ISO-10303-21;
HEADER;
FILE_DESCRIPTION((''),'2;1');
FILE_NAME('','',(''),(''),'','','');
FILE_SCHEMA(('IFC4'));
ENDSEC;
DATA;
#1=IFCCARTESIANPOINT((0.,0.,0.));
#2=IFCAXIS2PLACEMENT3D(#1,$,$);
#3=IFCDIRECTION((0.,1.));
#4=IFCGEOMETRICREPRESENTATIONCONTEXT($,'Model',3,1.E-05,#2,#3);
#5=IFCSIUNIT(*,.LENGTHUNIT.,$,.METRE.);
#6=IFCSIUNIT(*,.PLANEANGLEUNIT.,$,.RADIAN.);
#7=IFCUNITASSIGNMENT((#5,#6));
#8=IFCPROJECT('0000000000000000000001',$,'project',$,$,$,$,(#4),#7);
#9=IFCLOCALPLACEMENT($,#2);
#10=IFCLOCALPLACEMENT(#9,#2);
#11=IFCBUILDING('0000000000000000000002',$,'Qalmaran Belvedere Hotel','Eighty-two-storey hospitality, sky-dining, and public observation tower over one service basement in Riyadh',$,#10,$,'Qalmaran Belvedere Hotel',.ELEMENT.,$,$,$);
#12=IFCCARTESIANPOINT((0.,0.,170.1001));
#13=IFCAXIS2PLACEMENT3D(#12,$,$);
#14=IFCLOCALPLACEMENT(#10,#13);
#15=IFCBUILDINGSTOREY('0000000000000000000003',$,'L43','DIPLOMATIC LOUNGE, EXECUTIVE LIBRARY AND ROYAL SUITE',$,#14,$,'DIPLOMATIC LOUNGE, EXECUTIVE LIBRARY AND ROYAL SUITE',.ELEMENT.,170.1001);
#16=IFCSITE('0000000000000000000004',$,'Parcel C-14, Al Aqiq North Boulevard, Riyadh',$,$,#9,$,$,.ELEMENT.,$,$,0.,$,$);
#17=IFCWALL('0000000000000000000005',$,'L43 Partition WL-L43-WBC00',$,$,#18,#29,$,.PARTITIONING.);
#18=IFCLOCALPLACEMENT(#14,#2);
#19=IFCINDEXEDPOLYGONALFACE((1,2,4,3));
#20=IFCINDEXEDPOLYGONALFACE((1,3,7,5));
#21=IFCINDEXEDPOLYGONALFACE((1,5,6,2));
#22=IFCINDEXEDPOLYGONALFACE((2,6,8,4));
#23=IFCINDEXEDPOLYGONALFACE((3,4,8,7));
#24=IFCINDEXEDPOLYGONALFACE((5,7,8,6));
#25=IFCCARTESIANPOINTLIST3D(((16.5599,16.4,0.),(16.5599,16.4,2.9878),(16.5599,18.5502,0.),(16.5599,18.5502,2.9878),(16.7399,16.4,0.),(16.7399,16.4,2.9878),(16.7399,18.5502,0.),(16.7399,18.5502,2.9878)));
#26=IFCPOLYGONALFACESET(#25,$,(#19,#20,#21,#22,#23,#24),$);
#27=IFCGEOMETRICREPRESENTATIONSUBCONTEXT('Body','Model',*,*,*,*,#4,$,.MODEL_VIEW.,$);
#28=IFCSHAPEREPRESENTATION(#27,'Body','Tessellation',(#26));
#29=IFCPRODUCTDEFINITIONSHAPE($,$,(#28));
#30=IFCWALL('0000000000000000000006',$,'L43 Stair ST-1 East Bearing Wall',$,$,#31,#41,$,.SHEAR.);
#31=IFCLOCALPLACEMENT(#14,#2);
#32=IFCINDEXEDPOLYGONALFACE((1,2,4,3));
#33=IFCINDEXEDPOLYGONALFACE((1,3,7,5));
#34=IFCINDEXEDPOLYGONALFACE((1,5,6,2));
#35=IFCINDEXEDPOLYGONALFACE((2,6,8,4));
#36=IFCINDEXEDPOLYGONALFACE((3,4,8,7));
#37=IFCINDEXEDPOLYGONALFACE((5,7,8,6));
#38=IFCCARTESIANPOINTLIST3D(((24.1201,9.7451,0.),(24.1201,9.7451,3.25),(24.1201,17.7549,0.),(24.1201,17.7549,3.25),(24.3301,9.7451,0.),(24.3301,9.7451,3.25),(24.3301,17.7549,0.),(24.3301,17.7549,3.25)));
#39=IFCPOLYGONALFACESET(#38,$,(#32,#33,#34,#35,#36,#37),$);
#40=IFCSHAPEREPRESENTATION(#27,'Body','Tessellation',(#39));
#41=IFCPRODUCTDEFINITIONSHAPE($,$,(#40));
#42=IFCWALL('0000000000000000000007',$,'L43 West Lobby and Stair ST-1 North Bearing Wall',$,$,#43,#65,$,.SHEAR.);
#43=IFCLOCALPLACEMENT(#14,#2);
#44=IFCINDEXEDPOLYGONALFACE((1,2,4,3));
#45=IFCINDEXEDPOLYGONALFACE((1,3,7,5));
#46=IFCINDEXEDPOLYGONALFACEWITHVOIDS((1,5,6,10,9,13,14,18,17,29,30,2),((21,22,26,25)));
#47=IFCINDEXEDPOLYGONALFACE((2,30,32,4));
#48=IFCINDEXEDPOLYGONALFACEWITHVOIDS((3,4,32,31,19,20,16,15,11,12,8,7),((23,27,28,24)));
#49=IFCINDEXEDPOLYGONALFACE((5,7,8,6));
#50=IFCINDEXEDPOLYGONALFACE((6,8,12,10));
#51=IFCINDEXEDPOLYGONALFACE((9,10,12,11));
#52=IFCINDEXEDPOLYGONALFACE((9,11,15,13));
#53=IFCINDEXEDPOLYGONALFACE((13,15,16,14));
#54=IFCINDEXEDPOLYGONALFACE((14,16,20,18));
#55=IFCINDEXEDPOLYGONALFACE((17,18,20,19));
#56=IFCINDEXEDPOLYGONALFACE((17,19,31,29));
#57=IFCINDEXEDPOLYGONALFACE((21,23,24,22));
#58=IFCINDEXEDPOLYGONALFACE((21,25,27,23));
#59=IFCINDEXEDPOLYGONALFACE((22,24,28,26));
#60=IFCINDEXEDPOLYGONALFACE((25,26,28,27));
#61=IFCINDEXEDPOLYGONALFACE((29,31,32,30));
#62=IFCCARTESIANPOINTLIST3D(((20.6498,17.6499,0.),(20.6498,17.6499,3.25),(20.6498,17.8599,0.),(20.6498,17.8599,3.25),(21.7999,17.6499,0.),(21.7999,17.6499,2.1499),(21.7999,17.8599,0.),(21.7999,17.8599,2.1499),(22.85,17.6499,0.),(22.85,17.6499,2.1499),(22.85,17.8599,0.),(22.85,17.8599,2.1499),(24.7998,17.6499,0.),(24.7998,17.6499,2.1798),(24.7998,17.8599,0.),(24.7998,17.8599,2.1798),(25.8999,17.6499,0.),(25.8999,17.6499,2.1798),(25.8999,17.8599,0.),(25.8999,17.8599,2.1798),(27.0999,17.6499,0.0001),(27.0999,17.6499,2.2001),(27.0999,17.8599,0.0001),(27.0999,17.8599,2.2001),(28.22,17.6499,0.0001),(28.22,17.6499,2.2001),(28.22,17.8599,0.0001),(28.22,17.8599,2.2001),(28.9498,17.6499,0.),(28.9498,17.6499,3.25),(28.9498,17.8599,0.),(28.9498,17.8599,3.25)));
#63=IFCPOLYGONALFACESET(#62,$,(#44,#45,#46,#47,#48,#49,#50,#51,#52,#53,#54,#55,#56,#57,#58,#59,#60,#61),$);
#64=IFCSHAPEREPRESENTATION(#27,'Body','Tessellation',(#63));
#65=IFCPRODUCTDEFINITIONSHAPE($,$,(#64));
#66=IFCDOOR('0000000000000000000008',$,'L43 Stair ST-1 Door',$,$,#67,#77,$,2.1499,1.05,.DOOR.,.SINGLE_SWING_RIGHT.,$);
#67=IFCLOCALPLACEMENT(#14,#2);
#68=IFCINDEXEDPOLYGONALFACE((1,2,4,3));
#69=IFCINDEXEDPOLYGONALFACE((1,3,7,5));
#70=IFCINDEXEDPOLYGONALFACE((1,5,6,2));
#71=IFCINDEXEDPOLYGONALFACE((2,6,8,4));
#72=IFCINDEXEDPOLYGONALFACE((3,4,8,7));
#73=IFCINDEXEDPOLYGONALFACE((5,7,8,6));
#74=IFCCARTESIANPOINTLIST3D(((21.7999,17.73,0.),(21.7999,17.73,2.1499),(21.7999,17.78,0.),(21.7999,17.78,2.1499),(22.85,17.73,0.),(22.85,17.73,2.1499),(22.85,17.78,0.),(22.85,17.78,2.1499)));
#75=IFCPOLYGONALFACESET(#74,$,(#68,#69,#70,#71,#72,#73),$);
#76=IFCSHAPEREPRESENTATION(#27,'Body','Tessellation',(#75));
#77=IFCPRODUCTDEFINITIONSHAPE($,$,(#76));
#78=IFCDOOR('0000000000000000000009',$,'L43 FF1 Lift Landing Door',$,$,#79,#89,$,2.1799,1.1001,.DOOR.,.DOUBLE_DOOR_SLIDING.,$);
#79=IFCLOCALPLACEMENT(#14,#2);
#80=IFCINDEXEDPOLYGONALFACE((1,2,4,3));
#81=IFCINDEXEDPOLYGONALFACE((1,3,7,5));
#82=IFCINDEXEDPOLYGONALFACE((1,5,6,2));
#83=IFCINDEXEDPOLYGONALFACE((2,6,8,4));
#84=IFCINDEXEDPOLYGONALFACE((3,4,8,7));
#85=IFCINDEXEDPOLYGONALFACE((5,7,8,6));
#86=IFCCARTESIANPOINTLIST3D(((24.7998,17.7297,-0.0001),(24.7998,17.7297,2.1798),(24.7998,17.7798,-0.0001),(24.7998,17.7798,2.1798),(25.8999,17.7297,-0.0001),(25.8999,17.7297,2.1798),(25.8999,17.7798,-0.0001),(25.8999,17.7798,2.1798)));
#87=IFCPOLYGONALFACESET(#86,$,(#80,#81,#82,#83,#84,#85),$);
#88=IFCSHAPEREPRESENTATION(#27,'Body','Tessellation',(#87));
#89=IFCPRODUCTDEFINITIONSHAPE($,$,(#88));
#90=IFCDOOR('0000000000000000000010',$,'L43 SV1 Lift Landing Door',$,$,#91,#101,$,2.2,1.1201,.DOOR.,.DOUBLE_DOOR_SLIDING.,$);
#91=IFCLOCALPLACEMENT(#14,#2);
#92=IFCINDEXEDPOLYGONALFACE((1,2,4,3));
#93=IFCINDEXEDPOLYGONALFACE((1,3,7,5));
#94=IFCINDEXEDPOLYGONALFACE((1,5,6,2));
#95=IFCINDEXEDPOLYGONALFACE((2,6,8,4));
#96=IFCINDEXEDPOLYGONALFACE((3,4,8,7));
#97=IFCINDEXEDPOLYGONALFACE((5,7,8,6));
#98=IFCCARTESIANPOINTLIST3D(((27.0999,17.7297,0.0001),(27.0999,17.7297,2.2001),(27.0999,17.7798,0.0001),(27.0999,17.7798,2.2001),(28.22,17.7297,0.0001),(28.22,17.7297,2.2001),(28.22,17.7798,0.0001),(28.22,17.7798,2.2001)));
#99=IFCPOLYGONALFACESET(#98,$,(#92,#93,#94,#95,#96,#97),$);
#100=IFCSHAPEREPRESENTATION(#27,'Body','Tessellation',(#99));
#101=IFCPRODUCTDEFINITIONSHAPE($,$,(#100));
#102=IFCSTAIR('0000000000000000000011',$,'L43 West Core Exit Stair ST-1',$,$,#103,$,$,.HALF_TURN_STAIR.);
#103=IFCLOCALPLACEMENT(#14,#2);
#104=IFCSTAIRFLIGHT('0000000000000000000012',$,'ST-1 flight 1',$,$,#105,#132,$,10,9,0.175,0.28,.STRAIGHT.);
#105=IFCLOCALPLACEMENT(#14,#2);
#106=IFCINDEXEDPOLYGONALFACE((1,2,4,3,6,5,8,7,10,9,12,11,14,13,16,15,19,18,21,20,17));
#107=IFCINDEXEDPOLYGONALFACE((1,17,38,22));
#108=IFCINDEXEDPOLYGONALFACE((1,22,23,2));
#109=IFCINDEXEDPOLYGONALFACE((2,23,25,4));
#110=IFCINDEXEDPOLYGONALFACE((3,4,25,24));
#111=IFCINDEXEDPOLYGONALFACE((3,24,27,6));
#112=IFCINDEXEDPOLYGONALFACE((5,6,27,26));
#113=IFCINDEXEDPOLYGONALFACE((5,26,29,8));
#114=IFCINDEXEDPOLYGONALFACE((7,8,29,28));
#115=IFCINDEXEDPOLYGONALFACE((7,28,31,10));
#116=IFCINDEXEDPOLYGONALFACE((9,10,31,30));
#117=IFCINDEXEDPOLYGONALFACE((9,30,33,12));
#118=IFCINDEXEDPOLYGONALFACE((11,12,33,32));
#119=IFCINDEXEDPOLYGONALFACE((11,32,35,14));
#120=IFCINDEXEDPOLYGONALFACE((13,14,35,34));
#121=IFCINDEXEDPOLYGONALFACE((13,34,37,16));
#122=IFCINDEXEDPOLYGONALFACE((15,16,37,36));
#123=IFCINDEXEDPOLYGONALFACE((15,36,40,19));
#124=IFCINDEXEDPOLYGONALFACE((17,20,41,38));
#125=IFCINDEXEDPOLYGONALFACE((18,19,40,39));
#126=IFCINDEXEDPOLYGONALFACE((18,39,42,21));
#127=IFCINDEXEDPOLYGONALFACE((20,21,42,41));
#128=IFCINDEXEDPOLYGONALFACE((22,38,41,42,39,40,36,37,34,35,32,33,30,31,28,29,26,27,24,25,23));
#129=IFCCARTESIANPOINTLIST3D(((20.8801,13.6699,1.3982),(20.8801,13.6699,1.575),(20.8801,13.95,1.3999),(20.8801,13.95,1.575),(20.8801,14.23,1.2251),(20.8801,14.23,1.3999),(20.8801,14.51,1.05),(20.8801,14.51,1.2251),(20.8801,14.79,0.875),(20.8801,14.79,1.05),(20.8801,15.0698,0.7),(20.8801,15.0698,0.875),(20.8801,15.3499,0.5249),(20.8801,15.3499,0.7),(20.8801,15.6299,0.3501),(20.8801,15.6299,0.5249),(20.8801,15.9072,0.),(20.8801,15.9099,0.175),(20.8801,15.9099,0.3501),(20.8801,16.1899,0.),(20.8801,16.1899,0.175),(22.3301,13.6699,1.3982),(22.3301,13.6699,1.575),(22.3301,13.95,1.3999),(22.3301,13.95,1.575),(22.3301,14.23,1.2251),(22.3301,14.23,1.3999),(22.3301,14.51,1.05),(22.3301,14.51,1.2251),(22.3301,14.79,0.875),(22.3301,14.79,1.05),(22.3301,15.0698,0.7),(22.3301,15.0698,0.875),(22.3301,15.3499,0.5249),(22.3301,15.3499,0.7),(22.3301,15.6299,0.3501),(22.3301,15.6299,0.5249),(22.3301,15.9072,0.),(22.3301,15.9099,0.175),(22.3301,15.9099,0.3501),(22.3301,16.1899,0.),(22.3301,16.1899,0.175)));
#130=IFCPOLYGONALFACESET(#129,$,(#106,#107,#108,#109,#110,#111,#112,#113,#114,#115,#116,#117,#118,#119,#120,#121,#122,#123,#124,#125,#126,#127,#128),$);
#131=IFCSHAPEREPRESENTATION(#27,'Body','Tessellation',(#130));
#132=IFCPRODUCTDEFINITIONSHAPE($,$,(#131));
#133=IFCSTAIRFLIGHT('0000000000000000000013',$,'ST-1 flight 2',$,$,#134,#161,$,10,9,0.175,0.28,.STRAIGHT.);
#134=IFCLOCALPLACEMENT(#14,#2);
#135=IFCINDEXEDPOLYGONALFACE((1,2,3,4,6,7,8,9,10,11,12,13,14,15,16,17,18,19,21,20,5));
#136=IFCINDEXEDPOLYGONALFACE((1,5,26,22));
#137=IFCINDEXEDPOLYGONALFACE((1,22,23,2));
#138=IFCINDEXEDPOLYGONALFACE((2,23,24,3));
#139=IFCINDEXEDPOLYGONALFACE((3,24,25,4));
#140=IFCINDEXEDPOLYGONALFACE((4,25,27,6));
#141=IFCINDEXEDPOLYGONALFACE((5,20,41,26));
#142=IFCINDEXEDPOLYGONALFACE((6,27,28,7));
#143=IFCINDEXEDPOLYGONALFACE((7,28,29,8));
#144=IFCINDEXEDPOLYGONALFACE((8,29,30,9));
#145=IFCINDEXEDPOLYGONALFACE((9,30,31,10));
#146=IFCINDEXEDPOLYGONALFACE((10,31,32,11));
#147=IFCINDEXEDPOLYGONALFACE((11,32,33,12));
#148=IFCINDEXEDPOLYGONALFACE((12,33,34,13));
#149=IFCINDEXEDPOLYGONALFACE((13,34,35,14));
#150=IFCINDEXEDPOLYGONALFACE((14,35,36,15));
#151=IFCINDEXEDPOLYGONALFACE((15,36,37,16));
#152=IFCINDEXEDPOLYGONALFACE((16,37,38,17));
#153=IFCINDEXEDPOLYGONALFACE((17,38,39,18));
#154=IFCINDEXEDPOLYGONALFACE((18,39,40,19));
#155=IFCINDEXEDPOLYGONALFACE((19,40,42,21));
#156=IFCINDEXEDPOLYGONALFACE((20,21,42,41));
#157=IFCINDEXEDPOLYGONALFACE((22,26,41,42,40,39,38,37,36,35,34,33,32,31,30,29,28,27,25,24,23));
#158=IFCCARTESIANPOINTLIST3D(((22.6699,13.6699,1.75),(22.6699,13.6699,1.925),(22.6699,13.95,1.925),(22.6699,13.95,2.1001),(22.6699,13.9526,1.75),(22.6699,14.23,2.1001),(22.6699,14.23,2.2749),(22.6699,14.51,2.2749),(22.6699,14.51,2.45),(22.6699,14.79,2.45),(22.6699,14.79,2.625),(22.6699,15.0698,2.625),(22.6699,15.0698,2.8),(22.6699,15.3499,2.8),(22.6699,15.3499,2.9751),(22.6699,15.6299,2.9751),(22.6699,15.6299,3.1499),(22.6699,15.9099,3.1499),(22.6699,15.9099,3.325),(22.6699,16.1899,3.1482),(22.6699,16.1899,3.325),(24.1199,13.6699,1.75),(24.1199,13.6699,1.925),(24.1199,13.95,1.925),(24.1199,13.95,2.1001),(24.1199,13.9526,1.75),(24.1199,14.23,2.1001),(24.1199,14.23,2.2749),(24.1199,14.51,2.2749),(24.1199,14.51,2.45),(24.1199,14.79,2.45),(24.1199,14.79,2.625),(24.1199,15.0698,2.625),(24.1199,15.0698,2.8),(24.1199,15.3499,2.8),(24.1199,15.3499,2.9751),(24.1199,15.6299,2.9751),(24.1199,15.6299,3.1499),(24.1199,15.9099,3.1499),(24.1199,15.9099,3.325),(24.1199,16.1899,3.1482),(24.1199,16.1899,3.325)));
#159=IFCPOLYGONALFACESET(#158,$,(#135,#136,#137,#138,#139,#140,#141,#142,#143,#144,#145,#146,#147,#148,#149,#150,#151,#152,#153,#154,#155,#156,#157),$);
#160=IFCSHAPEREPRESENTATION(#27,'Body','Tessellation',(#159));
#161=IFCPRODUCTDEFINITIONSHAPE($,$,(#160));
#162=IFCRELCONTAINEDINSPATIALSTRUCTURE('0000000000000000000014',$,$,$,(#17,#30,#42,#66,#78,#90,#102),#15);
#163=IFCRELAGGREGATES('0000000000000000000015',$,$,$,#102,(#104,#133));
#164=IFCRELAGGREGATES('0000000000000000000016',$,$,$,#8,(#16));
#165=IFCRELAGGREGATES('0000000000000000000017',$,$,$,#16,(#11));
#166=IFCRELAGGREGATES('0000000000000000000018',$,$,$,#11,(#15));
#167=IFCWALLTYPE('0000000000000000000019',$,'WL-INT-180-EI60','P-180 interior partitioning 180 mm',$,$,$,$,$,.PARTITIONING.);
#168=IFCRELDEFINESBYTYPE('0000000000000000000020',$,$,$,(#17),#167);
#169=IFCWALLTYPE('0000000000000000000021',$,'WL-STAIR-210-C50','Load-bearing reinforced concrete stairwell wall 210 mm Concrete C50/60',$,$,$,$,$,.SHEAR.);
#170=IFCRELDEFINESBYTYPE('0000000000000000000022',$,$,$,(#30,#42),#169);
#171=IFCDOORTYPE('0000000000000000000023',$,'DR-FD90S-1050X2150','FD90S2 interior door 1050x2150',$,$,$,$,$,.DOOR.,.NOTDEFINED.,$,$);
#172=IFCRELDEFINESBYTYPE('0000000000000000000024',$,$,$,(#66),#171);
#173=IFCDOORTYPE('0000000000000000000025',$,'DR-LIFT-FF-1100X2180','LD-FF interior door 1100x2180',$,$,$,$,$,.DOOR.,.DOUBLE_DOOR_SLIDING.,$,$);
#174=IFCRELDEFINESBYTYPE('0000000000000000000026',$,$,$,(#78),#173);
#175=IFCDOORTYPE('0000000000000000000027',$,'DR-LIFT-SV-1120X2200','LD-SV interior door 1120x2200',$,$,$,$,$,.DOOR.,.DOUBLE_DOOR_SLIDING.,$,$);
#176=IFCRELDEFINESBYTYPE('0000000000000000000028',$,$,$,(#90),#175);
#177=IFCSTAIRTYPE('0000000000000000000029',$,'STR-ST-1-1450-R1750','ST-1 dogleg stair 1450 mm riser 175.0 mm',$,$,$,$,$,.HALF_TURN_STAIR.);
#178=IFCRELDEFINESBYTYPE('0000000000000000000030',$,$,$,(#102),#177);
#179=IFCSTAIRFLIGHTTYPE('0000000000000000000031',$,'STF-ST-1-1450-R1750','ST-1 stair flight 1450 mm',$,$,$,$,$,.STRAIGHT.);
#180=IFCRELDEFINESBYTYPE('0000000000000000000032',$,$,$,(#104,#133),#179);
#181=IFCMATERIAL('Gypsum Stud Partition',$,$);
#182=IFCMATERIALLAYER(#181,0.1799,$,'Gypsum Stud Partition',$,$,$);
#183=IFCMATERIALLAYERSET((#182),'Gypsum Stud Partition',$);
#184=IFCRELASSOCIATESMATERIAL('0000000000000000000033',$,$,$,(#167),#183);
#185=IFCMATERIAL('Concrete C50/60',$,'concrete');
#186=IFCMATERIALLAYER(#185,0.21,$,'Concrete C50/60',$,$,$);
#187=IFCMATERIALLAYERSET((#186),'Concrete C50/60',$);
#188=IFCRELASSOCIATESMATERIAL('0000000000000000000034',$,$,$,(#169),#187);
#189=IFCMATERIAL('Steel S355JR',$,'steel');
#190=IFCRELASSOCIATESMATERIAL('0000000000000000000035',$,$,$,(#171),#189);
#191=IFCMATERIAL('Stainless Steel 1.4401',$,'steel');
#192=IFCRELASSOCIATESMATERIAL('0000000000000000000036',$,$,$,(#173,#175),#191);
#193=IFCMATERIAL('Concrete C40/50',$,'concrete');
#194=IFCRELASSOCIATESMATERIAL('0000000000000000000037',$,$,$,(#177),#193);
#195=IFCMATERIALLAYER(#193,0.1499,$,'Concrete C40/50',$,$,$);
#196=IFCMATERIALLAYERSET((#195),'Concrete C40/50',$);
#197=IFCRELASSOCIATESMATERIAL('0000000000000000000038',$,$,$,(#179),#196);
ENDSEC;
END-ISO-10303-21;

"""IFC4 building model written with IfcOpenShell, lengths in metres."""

from ifc_helpers import new_model, si_unit, direction, frame, frame_2d, origin, place, context, subcontext, project, spatial, polyline, rectangle, outline, extrude, material, layer, layer_set, type_object, element, fill, aggregate, save


model = new_model("IFC4")

# Units and contexts
model_context = context("Model", 3, precision=1e-05, world=origin(), true_north=direction((0.0, 1.0)))
body_context = subcontext(model_context, "Body", "Model", "MODEL_VIEW")
ifc_project = project(units=[si_unit("LENGTHUNIT", "METRE"), si_unit("PLANEANGLEUNIT", "RADIAN")], contexts=[model_context])

# Site, building, storey
site_placement = place(None, origin())
site = spatial("IfcSite", under=ifc_project, at=site_placement, Name="Parcel C-14, Al Aqiq North Boulevard, Riyadh", CompositionType="ELEMENT", RefElevation=0.0)
building_placement = place(site_placement, origin())
building = spatial("IfcBuilding", under=site, at=building_placement, Name="Qalmaran Belvedere Hotel", Description="Eighty-two-storey hospitality, sky-dining, and public observation tower over one service basement in Riyadh", LongName="Qalmaran Belvedere Hotel", CompositionType="ELEMENT")
storey_placement = place(building_placement, frame((0.0, 0.0, 170.1001)))
storey = spatial("IfcBuildingStorey", under=building, at=storey_placement, Name="L43", Description="DIPLOMATIC LOUNGE, EXECUTIVE LIBRARY AND ROYAL SUITE", LongName="DIPLOMATIC LOUNGE, EXECUTIVE LIBRARY AND ROYAL SUITE", CompositionType="ELEMENT", Elevation=170.1001)

# Shared definitions
ifc_material_1 = material(Name="Gypsum Stud Partition")

# Shared definitions
ifc_material_2 = material(Name="Steel S355JR", Category="steel")

# Wall
ifc_layer_1 = layer(ifc_material_1, 0.1799, Name="Gypsum Stud Partition")
ifc_layer_set_1 = layer_set([ifc_layer_1], Name="Gypsum Stud Partition")
wall_type_1 = type_object("IfcWallType", Name="WL-INT-180-EI60", Description="P-180 interior partitioning 180 mm", PredefinedType="PARTITIONING", material=ifc_layer_set_1)
wall_1_placement = place(storey_placement, frame((16.6499, 16.3999, 0.0), z_axis=(0.0, 0.0, 1.0), x_axis=(0.0, 1.0, 0.0)))
element("IfcWall", 1, at=wall_1_placement, inside=storey, type_object=wall_type_1, Name="L43 Partition WL-L43-WBC00", PredefinedType="PARTITIONING", context=body_context, shape_type="SweptSolid", body=[
    extrude(rectangle(XDim=2.1501, YDim=0.1799, at=frame_2d((1.0752, 0.0))), origin(), (0.0, 0.0, 1.0), 2.9878),
])

# Wall
ifc_material_3 = material(Name="Concrete C50/60", Category="concrete")
ifc_layer_2 = layer(ifc_material_3, 0.21, Name="Concrete C50/60")
ifc_layer_set_2 = layer_set([ifc_layer_2], Name="Concrete C50/60")
wall_type_2 = type_object("IfcWallType", Name="WL-STAIR-210-C50", Description="Load-bearing reinforced concrete stairwell wall 210 mm Concrete C50/60", PredefinedType="SHEAR", material=ifc_layer_set_2)
wall_2_placement = place(storey_placement, frame((24.2251, 9.7451, 0.0), z_axis=(0.0, 0.0, 1.0), x_axis=(0.0, 1.0, 0.0)))
element("IfcWall", 2, at=wall_2_placement, inside=storey, type_object=wall_type_2, Name="L43 Stair ST-1 East Bearing Wall", PredefinedType="SHEAR", context=body_context, shape_type="SweptSolid", body=[
    extrude(rectangle(XDim=8.0098, YDim=0.21, at=frame_2d((4.0049, 0.0))), origin(), (0.0, 0.0, 1.0), 3.25),
])

# Wall, openings, doors
wall_3_placement = place(storey_placement, frame((20.6499, 17.7549, 0.0), z_axis=(0.0, 0.0, 1.0), x_axis=(1.0, 0.0, 0.0)))
wall_3 = element("IfcWall", 3, at=wall_3_placement, inside=storey, type_object=wall_type_2, Name="L43 West Lobby and Stair ST-1 North Bearing Wall", PredefinedType="SHEAR", context=body_context, shape_type="SweptSolid", body=[
    extrude(rectangle(XDim=8.3, YDim=0.21, at=frame_2d((4.1499, 0.0))), origin(), (0.0, 0.0, 1.0), 3.25),
])
opening_1_placement = place(wall_3_placement, frame((2.2, 0.0, 0.0), z_axis=(0.0, 0.0, 1.0), x_axis=(-1.0, 0.0, 0.0)))
opening_1 = element("IfcOpeningElement", 4, at=opening_1_placement, cuts=wall_3, PredefinedType="OPENING", context=body_context, shape_type="SweptSolid", body=[
    extrude(rectangle(XDim=1.05, YDim=2.1499, at=frame_2d((0.5249, 1.075))), frame((0.0, 0.115, 0.0), z_axis=(0.0, -1.0, 0.0), x_axis=(1.0, 0.0, 0.0)), (0.0, 0.0, 1.0), 0.23),
])
opening_2_placement = place(wall_3_placement, frame((4.1499, 0.0, 0.0)))
opening_2 = element("IfcOpeningElement", 5, at=opening_2_placement, cuts=wall_3, PredefinedType="OPENING", context=body_context, shape_type="SweptSolid", body=[
    extrude(rectangle(XDim=1.1001, YDim=2.1799, at=frame_2d((0.55, 1.0898))), frame((0.0, 0.115, 0.0), z_axis=(0.0, -1.0, 0.0), x_axis=(1.0, 0.0, 0.0)), (0.0, 0.0, 1.0), 0.23),
])
opening_3_placement = place(wall_3_placement, frame((6.45, 0.0, 0.0)))
opening_3 = element("IfcOpeningElement", 6, at=opening_3_placement, cuts=wall_3, PredefinedType="OPENING", context=body_context, shape_type="SweptSolid", body=[
    extrude(rectangle(XDim=1.1201, YDim=2.2, at=frame_2d((0.5601, 1.1001))), frame((0.0, 0.115, 0.0), z_axis=(0.0, -1.0, 0.0), x_axis=(1.0, 0.0, 0.0)), (0.0, 0.0, 1.0), 0.23),
])
door_type_1 = type_object("IfcDoorType", Name="DR-FD90S-1050X2150", Description="FD90S2 interior door 1050x2150", OperationType="NOTDEFINED", PredefinedType="DOOR", material=ifc_material_2)
door_1_placement = place(opening_1_placement, origin())
door_1 = element("IfcDoor", 7, at=door_1_placement, inside=storey, type_object=door_type_1, Name="L43 Stair ST-1 Door", OperationType="SINGLE_SWING_RIGHT", OverallHeight=2.1499, OverallWidth=1.05, PredefinedType="DOOR", context=body_context, shape_type="SweptSolid", body=[
    extrude(rectangle(XDim=1.05, YDim=2.1499, at=frame_2d((0.5249, 1.075))), frame((0.0, 0.0249, 0.0), z_axis=(0.0, -1.0, 0.0), x_axis=(1.0, 0.0, 0.0)), (0.0, 0.0, 1.0), 0.05),
])
fill(opening_1, door_1)
ifc_material_4 = material(Name="Stainless Steel 1.4401", Category="steel")
door_type_2 = type_object("IfcDoorType", Name="DR-LIFT-FF-1100X2180", Description="LD-FF interior door 1100x2180", OperationType="DOUBLE_DOOR_SLIDING", PredefinedType="DOOR", material=ifc_material_4)
door_2_placement = place(opening_2_placement, origin())
door_2 = element("IfcDoor", 8, at=door_2_placement, inside=storey, type_object=door_type_2, Name="L43 FF1 Lift Landing Door", OperationType="DOUBLE_DOOR_SLIDING", OverallHeight=2.1799, OverallWidth=1.1001, PredefinedType="DOOR", context=body_context, shape_type="SweptSolid", body=[
    extrude(rectangle(XDim=1.1001, YDim=2.1799, at=frame_2d((0.55, 1.0898))), frame((0.0, 0.0249, 0.0), z_axis=(0.0, -1.0, 0.0), x_axis=(1.0, 0.0, 0.0)), (0.0, 0.0, 1.0), 0.05),
])
fill(opening_2, door_2)
door_type_3 = type_object("IfcDoorType", Name="DR-LIFT-SV-1120X2200", Description="LD-SV interior door 1120x2200", OperationType="DOUBLE_DOOR_SLIDING", PredefinedType="DOOR", material=ifc_material_4)
door_3_placement = place(opening_3_placement, origin())
door_3 = element("IfcDoor", 9, at=door_3_placement, inside=storey, type_object=door_type_3, Name="L43 SV1 Lift Landing Door", OperationType="DOUBLE_DOOR_SLIDING", OverallHeight=2.2, OverallWidth=1.1201, PredefinedType="DOOR", context=body_context, shape_type="SweptSolid", body=[
    extrude(rectangle(XDim=1.1201, YDim=2.2, at=frame_2d((0.5601, 1.1001))), frame((0.0, 0.0249, 0.0), z_axis=(0.0, -1.0, 0.0), x_axis=(1.0, 0.0, 0.0)), (0.0, 0.0, 1.0), 0.05),
])
fill(opening_3, door_3)

# Stair, stair flights
ifc_material_5 = material(Name="Concrete C40/50", Category="concrete")
stair_type = type_object("IfcStairType", Name="STR-ST-1-1450-R1750", Description="ST-1 dogleg stair 1450 mm riser 175.0 mm", PredefinedType="HALF_TURN_STAIR", material=ifc_material_5)
stair_placement = place(storey_placement, origin())
stair = element("IfcStair", 10, at=stair_placement, inside=storey, type_object=stair_type, Name="L43 West Core Exit Stair ST-1", PredefinedType="HALF_TURN_STAIR")
ifc_layer_3 = layer(ifc_material_5, 0.1499, Name="Concrete C40/50")
ifc_layer_set_3 = layer_set([ifc_layer_3], Name="Concrete C40/50")
stair_flight_type = type_object("IfcStairFlightType", Name="STF-ST-1-1450-R1750", Description="ST-1 stair flight 1450 mm", PredefinedType="STRAIGHT", material=ifc_layer_set_3)
stair_flight_1_placement = place(storey_placement, frame((21.605, 16.1899, 0.0), z_axis=(0.0, 0.0, 1.0), x_axis=(0.0, -1.0, 0.0)))
stair_flight_1 = element("IfcStairFlight", 11, at=stair_flight_1_placement, type_object=stair_flight_type, Name="ST-1 flight 1", NumberOfRisers=10, NumberOfTreads=9, PredefinedType="STRAIGHT", RiserHeight=0.175, TreadLength=0.28, context=body_context, shape_type="SweptSolid", body=[
    extrude(outline(polyline([(0.0, 0.0), (0.0, 0.175), (0.28, 0.175), (0.28, 0.3501), (0.5601, 0.3501), (0.5601, 0.5249), (0.8401, 0.5249), (0.8401, 0.7), (1.1201, 0.7), (1.1201, 0.875), (1.3999, 0.875), (1.3999, 1.05), (1.6799, 1.05), (1.6799, 1.2251), (1.96, 1.2251), (1.96, 1.3999), (2.24, 1.3999), (2.24, 1.575), (2.52, 1.575), (2.52, 1.75), (2.52, 1.3982), (0.2827, 0.0), (0.0, 0.0)])), frame((0.0, 0.7251, 0.0), z_axis=(0.0, -1.0, 0.0), x_axis=(1.0, 0.0, 0.0)), (0.0, 0.0, 1.0), 1.45),
])
stair_flight_2_placement = place(storey_placement, frame((23.395, 13.6699, 1.75), z_axis=(0.0, 0.0, 1.0), x_axis=(0.0, 1.0, 0.0)))
stair_flight_2 = element("IfcStairFlight", 12, at=stair_flight_2_placement, type_object=stair_flight_type, Name="ST-1 flight 2", NumberOfRisers=10, NumberOfTreads=9, PredefinedType="STRAIGHT", RiserHeight=0.175, TreadLength=0.28, context=body_context, shape_type="SweptSolid", body=[
    extrude(outline(polyline([(0.0, 0.0), (0.0, 0.175), (0.28, 0.175), (0.28, 0.3501), (0.5601, 0.3501), (0.5601, 0.5249), (0.8401, 0.5249), (0.8401, 0.7), (1.1201, 0.7), (1.1201, 0.875), (1.3999, 0.875), (1.3999, 1.05), (1.6799, 1.05), (1.6799, 1.2251), (1.96, 1.2251), (1.96, 1.3999), (2.24, 1.3999), (2.24, 1.575), (2.52, 1.575), (2.52, 1.75), (2.52, 1.3982), (0.2827, 0.0), (0.0, 0.0)])), frame((0.0, 0.7251, 0.0), z_axis=(0.0, -1.0, 0.0), x_axis=(1.0, 0.0, 0.0)), (0.0, 0.0, 1.0), 1.45),
])
aggregate(stair, [stair_flight_1, stair_flight_2])

save(model, "model.ifc")
